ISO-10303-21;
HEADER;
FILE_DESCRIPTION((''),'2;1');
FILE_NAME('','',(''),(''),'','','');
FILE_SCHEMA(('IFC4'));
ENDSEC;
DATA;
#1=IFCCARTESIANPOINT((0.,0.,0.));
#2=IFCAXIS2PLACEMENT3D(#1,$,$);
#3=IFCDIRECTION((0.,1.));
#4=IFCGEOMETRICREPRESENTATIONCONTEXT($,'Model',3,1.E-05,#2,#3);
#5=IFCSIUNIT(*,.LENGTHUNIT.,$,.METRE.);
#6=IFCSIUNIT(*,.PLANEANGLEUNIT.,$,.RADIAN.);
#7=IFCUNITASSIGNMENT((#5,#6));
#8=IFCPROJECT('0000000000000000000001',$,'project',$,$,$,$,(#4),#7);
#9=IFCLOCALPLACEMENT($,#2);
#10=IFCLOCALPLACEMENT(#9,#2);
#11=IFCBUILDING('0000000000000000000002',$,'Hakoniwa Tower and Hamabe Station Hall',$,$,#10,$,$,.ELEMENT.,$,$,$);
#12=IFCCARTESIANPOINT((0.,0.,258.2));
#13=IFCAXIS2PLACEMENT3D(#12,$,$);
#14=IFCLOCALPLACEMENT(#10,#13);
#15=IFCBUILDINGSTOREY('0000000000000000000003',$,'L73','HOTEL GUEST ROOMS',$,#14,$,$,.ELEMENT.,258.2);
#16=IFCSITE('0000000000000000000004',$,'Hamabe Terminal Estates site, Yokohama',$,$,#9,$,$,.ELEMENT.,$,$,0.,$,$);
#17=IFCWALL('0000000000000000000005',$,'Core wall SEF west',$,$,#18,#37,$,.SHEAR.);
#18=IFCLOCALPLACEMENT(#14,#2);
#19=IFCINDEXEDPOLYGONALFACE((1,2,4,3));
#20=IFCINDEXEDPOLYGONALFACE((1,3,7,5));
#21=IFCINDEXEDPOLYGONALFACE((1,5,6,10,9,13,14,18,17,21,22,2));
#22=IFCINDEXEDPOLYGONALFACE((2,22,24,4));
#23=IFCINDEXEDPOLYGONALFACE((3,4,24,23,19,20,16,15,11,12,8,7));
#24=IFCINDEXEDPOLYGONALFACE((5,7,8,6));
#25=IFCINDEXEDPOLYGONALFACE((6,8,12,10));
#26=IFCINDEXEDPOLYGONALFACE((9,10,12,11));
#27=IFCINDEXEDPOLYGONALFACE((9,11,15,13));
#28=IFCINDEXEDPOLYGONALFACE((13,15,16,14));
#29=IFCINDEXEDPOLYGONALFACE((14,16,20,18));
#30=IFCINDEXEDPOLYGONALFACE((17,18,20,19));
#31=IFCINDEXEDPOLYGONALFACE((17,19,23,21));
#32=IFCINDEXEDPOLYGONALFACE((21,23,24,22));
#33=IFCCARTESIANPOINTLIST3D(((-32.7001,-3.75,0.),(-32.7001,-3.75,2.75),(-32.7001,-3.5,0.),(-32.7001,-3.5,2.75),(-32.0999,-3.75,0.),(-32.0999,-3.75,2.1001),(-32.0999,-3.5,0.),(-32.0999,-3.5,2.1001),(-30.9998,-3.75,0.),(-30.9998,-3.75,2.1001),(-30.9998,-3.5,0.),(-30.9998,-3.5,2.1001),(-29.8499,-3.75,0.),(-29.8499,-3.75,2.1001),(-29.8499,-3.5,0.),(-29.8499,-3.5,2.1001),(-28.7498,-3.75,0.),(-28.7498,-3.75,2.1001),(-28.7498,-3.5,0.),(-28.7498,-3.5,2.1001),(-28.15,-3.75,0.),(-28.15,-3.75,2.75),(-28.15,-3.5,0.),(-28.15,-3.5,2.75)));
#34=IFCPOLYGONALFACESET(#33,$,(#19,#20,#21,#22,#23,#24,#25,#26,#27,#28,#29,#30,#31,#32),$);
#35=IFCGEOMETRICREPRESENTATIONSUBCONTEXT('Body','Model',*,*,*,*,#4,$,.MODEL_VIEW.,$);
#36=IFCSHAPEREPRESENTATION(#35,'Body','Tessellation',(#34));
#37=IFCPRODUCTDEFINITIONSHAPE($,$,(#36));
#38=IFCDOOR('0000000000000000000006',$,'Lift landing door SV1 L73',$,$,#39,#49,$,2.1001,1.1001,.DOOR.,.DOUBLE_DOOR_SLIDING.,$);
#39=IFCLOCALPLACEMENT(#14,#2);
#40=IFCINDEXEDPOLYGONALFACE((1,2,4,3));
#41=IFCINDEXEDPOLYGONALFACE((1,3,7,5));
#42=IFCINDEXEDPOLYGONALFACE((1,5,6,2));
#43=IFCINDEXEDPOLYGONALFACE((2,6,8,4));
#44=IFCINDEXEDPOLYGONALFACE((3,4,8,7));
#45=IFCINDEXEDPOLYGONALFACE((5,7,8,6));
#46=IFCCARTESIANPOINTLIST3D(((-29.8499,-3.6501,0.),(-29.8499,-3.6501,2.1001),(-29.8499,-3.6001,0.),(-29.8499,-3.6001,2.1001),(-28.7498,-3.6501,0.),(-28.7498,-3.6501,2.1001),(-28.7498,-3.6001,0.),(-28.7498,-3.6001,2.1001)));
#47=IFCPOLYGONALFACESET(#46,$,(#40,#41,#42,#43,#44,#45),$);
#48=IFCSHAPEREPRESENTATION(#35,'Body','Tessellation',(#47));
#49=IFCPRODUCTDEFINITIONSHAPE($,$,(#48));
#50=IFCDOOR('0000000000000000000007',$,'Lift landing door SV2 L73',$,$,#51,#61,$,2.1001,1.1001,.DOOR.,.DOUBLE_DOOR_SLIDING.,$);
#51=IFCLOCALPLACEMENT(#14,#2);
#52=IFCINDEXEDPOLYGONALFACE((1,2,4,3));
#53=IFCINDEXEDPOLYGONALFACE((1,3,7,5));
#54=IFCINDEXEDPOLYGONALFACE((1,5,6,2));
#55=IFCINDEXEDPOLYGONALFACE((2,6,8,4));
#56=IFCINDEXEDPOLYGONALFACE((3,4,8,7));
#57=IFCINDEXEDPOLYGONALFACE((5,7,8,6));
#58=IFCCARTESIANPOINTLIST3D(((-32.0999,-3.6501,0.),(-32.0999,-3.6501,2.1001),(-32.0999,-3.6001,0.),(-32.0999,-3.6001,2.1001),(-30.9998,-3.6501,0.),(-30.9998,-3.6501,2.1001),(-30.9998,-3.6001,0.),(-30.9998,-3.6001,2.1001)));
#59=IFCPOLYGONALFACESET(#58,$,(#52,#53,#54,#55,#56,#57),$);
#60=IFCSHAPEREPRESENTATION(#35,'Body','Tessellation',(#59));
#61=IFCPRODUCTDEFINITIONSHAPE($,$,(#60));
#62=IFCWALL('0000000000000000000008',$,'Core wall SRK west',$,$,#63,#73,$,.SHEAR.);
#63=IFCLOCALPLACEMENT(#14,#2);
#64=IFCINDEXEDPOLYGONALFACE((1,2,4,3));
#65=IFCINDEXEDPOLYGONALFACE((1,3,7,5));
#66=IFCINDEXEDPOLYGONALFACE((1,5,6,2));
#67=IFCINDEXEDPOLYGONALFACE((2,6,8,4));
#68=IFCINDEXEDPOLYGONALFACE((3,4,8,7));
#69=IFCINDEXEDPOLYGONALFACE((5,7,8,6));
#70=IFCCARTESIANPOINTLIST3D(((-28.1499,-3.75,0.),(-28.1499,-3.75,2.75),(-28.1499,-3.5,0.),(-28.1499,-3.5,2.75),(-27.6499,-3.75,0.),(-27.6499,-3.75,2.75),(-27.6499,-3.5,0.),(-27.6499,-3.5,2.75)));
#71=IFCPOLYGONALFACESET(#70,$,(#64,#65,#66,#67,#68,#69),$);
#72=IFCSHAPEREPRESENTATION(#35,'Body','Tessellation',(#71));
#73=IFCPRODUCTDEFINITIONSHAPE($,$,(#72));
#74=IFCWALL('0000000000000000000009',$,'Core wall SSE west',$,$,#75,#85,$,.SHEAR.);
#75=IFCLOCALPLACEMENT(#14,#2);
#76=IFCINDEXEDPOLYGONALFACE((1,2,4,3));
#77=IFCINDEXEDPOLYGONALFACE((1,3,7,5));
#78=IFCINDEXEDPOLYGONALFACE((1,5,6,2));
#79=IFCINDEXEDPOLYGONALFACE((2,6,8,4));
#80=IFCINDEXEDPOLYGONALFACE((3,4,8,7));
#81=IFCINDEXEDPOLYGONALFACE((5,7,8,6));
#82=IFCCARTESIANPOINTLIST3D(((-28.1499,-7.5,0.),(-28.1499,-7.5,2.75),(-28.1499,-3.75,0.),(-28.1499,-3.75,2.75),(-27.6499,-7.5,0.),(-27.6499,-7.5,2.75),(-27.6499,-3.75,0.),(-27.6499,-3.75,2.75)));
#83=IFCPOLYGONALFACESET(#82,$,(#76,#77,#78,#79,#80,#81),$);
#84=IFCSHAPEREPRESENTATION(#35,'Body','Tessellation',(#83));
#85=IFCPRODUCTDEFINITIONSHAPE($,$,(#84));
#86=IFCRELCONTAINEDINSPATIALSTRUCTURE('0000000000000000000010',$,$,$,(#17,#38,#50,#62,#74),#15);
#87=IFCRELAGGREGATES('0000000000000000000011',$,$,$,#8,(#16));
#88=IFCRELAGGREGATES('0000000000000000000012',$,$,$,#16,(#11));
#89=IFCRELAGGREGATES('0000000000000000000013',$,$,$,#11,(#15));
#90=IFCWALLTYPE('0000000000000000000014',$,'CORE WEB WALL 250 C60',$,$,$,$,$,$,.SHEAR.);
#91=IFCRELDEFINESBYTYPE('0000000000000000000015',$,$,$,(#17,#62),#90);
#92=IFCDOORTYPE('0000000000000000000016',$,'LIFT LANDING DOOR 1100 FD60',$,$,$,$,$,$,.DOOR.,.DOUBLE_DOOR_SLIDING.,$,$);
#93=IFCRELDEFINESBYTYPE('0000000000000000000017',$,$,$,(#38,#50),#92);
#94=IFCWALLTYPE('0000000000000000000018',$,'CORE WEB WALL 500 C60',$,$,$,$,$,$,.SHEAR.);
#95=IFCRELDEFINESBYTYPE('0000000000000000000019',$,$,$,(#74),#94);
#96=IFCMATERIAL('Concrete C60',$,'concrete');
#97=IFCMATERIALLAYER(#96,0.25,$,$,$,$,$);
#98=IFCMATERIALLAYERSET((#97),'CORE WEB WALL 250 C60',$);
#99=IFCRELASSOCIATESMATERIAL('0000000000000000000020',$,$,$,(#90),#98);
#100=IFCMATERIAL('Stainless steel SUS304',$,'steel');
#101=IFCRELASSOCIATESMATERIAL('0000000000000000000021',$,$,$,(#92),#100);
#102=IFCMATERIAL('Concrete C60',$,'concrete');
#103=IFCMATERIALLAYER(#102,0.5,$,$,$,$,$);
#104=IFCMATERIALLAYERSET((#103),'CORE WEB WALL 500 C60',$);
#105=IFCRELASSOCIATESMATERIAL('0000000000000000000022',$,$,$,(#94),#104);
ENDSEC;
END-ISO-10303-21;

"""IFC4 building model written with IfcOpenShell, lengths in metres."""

from ifc_helpers import new_model, si_unit, direction, frame, frame_2d, origin, place, context, subcontext, project, spatial, rectangle, extrude, material, layer, layer_set, type_object, element, fill, save


model = new_model("IFC4")

# Units and contexts
model_context = context("Model", 3, precision=1e-05, world=origin(), true_north=direction((0.0, 1.0)))
body_context = subcontext(model_context, "Body", "Model", "MODEL_VIEW")
ifc_project = project(units=[si_unit("LENGTHUNIT", "METRE"), si_unit("PLANEANGLEUNIT", "RADIAN")], contexts=[model_context])

# Site, building, storey
site_placement = place(None, origin())
site = spatial("IfcSite", under=ifc_project, at=site_placement, Name="Hamabe Terminal Estates site, Yokohama", CompositionType="ELEMENT", RefElevation=0.0)
building_placement = place(site_placement, origin())
building = spatial("IfcBuilding", under=site, at=building_placement, Name="Hakoniwa Tower and Hamabe Station Hall", CompositionType="ELEMENT")
storey_placement = place(building_placement, frame((0.0, 0.0, 258.2)))
storey = spatial("IfcBuildingStorey", under=building, at=storey_placement, Name="L73", Description="HOTEL GUEST ROOMS", CompositionType="ELEMENT", Elevation=258.2)

# Shared definitions
ifc_material_1 = material(Name="Concrete C60", Category="concrete")
ifc_layer_1 = layer(ifc_material_1, 0.25)
ifc_layer_set_1 = layer_set([ifc_layer_1], Name="CORE WEB WALL 250 C60")
wall_type_1 = type_object("IfcWallType", Name="CORE WEB WALL 250 C60", PredefinedType="SHEAR", material=ifc_layer_set_1)
ifc_material_2 = material(Name="Stainless steel SUS304", Category="steel")
door_type_1 = type_object("IfcDoorType", Name="LIFT LANDING DOOR 1100 FD60", OperationType="DOUBLE_DOOR_SLIDING", PredefinedType="DOOR", material=ifc_material_2)

# Wall, openings, doors
wall_1_placement = place(storey_placement, frame((-32.7, -3.625, 0.0), z_axis=(0.0, 0.0, 1.0), x_axis=(1.0, 0.0, 0.0)))
wall_1 = element("IfcWall", 1, at=wall_1_placement, inside=storey, type_object=wall_type_1, Name="Core wall SEF west", PredefinedType="SHEAR", context=body_context, shape_type="SweptSolid", body=[
    extrude(rectangle(XDim=4.55, YDim=0.25, at=frame_2d((2.2749, 0.0))), origin(), (0.0, 0.0, 1.0), 2.75),
])
opening_1_placement = place(wall_1_placement, frame((2.8501, 0.0, 0.0)))
opening_1 = element("IfcOpeningElement", 2, at=opening_1_placement, cuts=wall_1, PredefinedType="OPENING", context=body_context, shape_type="SweptSolid", body=[
    extrude(rectangle(XDim=1.1001, YDim=2.1001, at=frame_2d((0.55, 1.05))), frame((0.0, 0.135, 0.0), z_axis=(0.0, -1.0, 0.0), x_axis=(1.0, 0.0, 0.0)), (0.0, 0.0, 1.0), 0.27),
])
opening_2_placement = place(wall_1_placement, frame((0.6001, 0.0, 0.0)))
opening_2 = element("IfcOpeningElement", 3, at=opening_2_placement, cuts=wall_1, PredefinedType="OPENING", context=body_context, shape_type="SweptSolid", body=[
    extrude(rectangle(XDim=1.1001, YDim=2.1001, at=frame_2d((0.55, 1.05))), frame((0.0, 0.135, 0.0), z_axis=(0.0, -1.0, 0.0), x_axis=(1.0, 0.0, 0.0)), (0.0, 0.0, 1.0), 0.27),
])
door_1_placement = place(opening_1_placement, origin())
door_1 = element("IfcDoor", 4, at=door_1_placement, inside=storey, type_object=door_type_1, Name="Lift landing door SV1 L73", OperationType="DOUBLE_DOOR_SLIDING", OverallHeight=2.1001, OverallWidth=1.1001, PredefinedType="DOOR", context=body_context, shape_type="SweptSolid", body=[
    extrude(rectangle(XDim=1.1001, YDim=2.1001, at=frame_2d((0.55, 1.05))), frame((0.0, 0.0249, 0.0), z_axis=(0.0, -1.0, 0.0), x_axis=(1.0, 0.0, 0.0)), (0.0, 0.0, 1.0), 0.05),
])
fill(opening_1, door_1)
door_2_placement = place(opening_2_placement, origin())
door_2 = element("IfcDoor", 5, at=door_2_placement, inside=storey, type_object=door_type_1, Name="Lift landing door SV2 L73", OperationType="DOUBLE_DOOR_SLIDING", OverallHeight=2.1001, OverallWidth=1.1001, PredefinedType="DOOR", context=body_context, shape_type="SweptSolid", body=[
    extrude(rectangle(XDim=1.1001, YDim=2.1001, at=frame_2d((0.55, 1.05))), frame((0.0, 0.0249, 0.0), z_axis=(0.0, -1.0, 0.0), x_axis=(1.0, 0.0, 0.0)), (0.0, 0.0, 1.0), 0.05),
])
fill(opening_2, door_2)

# Walls
wall_2_placement = place(storey_placement, frame((-28.1499, -3.625, 0.0), z_axis=(0.0, 0.0, 1.0), x_axis=(1.0, 0.0, 0.0)))
element("IfcWall", 6, at=wall_2_placement, inside=storey, type_object=wall_type_1, Name="Core wall SRK west", PredefinedType="SHEAR", context=body_context, shape_type="SweptSolid", body=[
    extrude(rectangle(XDim=0.5, YDim=0.25, at=frame_2d((0.25, 0.0))), origin(), (0.0, 0.0, 1.0), 2.75),
])
ifc_material_3 = material(Name="Concrete C60", Category="concrete")
ifc_layer_2 = layer(ifc_material_3, 0.5)
ifc_layer_set_2 = layer_set([ifc_layer_2], Name="CORE WEB WALL 500 C60")
wall_type_2 = type_object("IfcWallType", Name="CORE WEB WALL 500 C60", PredefinedType="SHEAR", material=ifc_layer_set_2)
wall_3_placement = place(storey_placement, frame((-27.8999, -7.5, 0.0), z_axis=(0.0, 0.0, 1.0), x_axis=(0.0, 1.0, 0.0)))
element("IfcWall", 7, at=wall_3_placement, inside=storey, type_object=wall_type_2, Name="Core wall SSE west", PredefinedType="SHEAR", context=body_context, shape_type="SweptSolid", body=[
    extrude(rectangle(XDim=3.75, YDim=0.5, at=frame_2d((1.875, 0.0))), origin(), (0.0, 0.0, 1.0), 2.75),
])

save(model, "model.ifc")
